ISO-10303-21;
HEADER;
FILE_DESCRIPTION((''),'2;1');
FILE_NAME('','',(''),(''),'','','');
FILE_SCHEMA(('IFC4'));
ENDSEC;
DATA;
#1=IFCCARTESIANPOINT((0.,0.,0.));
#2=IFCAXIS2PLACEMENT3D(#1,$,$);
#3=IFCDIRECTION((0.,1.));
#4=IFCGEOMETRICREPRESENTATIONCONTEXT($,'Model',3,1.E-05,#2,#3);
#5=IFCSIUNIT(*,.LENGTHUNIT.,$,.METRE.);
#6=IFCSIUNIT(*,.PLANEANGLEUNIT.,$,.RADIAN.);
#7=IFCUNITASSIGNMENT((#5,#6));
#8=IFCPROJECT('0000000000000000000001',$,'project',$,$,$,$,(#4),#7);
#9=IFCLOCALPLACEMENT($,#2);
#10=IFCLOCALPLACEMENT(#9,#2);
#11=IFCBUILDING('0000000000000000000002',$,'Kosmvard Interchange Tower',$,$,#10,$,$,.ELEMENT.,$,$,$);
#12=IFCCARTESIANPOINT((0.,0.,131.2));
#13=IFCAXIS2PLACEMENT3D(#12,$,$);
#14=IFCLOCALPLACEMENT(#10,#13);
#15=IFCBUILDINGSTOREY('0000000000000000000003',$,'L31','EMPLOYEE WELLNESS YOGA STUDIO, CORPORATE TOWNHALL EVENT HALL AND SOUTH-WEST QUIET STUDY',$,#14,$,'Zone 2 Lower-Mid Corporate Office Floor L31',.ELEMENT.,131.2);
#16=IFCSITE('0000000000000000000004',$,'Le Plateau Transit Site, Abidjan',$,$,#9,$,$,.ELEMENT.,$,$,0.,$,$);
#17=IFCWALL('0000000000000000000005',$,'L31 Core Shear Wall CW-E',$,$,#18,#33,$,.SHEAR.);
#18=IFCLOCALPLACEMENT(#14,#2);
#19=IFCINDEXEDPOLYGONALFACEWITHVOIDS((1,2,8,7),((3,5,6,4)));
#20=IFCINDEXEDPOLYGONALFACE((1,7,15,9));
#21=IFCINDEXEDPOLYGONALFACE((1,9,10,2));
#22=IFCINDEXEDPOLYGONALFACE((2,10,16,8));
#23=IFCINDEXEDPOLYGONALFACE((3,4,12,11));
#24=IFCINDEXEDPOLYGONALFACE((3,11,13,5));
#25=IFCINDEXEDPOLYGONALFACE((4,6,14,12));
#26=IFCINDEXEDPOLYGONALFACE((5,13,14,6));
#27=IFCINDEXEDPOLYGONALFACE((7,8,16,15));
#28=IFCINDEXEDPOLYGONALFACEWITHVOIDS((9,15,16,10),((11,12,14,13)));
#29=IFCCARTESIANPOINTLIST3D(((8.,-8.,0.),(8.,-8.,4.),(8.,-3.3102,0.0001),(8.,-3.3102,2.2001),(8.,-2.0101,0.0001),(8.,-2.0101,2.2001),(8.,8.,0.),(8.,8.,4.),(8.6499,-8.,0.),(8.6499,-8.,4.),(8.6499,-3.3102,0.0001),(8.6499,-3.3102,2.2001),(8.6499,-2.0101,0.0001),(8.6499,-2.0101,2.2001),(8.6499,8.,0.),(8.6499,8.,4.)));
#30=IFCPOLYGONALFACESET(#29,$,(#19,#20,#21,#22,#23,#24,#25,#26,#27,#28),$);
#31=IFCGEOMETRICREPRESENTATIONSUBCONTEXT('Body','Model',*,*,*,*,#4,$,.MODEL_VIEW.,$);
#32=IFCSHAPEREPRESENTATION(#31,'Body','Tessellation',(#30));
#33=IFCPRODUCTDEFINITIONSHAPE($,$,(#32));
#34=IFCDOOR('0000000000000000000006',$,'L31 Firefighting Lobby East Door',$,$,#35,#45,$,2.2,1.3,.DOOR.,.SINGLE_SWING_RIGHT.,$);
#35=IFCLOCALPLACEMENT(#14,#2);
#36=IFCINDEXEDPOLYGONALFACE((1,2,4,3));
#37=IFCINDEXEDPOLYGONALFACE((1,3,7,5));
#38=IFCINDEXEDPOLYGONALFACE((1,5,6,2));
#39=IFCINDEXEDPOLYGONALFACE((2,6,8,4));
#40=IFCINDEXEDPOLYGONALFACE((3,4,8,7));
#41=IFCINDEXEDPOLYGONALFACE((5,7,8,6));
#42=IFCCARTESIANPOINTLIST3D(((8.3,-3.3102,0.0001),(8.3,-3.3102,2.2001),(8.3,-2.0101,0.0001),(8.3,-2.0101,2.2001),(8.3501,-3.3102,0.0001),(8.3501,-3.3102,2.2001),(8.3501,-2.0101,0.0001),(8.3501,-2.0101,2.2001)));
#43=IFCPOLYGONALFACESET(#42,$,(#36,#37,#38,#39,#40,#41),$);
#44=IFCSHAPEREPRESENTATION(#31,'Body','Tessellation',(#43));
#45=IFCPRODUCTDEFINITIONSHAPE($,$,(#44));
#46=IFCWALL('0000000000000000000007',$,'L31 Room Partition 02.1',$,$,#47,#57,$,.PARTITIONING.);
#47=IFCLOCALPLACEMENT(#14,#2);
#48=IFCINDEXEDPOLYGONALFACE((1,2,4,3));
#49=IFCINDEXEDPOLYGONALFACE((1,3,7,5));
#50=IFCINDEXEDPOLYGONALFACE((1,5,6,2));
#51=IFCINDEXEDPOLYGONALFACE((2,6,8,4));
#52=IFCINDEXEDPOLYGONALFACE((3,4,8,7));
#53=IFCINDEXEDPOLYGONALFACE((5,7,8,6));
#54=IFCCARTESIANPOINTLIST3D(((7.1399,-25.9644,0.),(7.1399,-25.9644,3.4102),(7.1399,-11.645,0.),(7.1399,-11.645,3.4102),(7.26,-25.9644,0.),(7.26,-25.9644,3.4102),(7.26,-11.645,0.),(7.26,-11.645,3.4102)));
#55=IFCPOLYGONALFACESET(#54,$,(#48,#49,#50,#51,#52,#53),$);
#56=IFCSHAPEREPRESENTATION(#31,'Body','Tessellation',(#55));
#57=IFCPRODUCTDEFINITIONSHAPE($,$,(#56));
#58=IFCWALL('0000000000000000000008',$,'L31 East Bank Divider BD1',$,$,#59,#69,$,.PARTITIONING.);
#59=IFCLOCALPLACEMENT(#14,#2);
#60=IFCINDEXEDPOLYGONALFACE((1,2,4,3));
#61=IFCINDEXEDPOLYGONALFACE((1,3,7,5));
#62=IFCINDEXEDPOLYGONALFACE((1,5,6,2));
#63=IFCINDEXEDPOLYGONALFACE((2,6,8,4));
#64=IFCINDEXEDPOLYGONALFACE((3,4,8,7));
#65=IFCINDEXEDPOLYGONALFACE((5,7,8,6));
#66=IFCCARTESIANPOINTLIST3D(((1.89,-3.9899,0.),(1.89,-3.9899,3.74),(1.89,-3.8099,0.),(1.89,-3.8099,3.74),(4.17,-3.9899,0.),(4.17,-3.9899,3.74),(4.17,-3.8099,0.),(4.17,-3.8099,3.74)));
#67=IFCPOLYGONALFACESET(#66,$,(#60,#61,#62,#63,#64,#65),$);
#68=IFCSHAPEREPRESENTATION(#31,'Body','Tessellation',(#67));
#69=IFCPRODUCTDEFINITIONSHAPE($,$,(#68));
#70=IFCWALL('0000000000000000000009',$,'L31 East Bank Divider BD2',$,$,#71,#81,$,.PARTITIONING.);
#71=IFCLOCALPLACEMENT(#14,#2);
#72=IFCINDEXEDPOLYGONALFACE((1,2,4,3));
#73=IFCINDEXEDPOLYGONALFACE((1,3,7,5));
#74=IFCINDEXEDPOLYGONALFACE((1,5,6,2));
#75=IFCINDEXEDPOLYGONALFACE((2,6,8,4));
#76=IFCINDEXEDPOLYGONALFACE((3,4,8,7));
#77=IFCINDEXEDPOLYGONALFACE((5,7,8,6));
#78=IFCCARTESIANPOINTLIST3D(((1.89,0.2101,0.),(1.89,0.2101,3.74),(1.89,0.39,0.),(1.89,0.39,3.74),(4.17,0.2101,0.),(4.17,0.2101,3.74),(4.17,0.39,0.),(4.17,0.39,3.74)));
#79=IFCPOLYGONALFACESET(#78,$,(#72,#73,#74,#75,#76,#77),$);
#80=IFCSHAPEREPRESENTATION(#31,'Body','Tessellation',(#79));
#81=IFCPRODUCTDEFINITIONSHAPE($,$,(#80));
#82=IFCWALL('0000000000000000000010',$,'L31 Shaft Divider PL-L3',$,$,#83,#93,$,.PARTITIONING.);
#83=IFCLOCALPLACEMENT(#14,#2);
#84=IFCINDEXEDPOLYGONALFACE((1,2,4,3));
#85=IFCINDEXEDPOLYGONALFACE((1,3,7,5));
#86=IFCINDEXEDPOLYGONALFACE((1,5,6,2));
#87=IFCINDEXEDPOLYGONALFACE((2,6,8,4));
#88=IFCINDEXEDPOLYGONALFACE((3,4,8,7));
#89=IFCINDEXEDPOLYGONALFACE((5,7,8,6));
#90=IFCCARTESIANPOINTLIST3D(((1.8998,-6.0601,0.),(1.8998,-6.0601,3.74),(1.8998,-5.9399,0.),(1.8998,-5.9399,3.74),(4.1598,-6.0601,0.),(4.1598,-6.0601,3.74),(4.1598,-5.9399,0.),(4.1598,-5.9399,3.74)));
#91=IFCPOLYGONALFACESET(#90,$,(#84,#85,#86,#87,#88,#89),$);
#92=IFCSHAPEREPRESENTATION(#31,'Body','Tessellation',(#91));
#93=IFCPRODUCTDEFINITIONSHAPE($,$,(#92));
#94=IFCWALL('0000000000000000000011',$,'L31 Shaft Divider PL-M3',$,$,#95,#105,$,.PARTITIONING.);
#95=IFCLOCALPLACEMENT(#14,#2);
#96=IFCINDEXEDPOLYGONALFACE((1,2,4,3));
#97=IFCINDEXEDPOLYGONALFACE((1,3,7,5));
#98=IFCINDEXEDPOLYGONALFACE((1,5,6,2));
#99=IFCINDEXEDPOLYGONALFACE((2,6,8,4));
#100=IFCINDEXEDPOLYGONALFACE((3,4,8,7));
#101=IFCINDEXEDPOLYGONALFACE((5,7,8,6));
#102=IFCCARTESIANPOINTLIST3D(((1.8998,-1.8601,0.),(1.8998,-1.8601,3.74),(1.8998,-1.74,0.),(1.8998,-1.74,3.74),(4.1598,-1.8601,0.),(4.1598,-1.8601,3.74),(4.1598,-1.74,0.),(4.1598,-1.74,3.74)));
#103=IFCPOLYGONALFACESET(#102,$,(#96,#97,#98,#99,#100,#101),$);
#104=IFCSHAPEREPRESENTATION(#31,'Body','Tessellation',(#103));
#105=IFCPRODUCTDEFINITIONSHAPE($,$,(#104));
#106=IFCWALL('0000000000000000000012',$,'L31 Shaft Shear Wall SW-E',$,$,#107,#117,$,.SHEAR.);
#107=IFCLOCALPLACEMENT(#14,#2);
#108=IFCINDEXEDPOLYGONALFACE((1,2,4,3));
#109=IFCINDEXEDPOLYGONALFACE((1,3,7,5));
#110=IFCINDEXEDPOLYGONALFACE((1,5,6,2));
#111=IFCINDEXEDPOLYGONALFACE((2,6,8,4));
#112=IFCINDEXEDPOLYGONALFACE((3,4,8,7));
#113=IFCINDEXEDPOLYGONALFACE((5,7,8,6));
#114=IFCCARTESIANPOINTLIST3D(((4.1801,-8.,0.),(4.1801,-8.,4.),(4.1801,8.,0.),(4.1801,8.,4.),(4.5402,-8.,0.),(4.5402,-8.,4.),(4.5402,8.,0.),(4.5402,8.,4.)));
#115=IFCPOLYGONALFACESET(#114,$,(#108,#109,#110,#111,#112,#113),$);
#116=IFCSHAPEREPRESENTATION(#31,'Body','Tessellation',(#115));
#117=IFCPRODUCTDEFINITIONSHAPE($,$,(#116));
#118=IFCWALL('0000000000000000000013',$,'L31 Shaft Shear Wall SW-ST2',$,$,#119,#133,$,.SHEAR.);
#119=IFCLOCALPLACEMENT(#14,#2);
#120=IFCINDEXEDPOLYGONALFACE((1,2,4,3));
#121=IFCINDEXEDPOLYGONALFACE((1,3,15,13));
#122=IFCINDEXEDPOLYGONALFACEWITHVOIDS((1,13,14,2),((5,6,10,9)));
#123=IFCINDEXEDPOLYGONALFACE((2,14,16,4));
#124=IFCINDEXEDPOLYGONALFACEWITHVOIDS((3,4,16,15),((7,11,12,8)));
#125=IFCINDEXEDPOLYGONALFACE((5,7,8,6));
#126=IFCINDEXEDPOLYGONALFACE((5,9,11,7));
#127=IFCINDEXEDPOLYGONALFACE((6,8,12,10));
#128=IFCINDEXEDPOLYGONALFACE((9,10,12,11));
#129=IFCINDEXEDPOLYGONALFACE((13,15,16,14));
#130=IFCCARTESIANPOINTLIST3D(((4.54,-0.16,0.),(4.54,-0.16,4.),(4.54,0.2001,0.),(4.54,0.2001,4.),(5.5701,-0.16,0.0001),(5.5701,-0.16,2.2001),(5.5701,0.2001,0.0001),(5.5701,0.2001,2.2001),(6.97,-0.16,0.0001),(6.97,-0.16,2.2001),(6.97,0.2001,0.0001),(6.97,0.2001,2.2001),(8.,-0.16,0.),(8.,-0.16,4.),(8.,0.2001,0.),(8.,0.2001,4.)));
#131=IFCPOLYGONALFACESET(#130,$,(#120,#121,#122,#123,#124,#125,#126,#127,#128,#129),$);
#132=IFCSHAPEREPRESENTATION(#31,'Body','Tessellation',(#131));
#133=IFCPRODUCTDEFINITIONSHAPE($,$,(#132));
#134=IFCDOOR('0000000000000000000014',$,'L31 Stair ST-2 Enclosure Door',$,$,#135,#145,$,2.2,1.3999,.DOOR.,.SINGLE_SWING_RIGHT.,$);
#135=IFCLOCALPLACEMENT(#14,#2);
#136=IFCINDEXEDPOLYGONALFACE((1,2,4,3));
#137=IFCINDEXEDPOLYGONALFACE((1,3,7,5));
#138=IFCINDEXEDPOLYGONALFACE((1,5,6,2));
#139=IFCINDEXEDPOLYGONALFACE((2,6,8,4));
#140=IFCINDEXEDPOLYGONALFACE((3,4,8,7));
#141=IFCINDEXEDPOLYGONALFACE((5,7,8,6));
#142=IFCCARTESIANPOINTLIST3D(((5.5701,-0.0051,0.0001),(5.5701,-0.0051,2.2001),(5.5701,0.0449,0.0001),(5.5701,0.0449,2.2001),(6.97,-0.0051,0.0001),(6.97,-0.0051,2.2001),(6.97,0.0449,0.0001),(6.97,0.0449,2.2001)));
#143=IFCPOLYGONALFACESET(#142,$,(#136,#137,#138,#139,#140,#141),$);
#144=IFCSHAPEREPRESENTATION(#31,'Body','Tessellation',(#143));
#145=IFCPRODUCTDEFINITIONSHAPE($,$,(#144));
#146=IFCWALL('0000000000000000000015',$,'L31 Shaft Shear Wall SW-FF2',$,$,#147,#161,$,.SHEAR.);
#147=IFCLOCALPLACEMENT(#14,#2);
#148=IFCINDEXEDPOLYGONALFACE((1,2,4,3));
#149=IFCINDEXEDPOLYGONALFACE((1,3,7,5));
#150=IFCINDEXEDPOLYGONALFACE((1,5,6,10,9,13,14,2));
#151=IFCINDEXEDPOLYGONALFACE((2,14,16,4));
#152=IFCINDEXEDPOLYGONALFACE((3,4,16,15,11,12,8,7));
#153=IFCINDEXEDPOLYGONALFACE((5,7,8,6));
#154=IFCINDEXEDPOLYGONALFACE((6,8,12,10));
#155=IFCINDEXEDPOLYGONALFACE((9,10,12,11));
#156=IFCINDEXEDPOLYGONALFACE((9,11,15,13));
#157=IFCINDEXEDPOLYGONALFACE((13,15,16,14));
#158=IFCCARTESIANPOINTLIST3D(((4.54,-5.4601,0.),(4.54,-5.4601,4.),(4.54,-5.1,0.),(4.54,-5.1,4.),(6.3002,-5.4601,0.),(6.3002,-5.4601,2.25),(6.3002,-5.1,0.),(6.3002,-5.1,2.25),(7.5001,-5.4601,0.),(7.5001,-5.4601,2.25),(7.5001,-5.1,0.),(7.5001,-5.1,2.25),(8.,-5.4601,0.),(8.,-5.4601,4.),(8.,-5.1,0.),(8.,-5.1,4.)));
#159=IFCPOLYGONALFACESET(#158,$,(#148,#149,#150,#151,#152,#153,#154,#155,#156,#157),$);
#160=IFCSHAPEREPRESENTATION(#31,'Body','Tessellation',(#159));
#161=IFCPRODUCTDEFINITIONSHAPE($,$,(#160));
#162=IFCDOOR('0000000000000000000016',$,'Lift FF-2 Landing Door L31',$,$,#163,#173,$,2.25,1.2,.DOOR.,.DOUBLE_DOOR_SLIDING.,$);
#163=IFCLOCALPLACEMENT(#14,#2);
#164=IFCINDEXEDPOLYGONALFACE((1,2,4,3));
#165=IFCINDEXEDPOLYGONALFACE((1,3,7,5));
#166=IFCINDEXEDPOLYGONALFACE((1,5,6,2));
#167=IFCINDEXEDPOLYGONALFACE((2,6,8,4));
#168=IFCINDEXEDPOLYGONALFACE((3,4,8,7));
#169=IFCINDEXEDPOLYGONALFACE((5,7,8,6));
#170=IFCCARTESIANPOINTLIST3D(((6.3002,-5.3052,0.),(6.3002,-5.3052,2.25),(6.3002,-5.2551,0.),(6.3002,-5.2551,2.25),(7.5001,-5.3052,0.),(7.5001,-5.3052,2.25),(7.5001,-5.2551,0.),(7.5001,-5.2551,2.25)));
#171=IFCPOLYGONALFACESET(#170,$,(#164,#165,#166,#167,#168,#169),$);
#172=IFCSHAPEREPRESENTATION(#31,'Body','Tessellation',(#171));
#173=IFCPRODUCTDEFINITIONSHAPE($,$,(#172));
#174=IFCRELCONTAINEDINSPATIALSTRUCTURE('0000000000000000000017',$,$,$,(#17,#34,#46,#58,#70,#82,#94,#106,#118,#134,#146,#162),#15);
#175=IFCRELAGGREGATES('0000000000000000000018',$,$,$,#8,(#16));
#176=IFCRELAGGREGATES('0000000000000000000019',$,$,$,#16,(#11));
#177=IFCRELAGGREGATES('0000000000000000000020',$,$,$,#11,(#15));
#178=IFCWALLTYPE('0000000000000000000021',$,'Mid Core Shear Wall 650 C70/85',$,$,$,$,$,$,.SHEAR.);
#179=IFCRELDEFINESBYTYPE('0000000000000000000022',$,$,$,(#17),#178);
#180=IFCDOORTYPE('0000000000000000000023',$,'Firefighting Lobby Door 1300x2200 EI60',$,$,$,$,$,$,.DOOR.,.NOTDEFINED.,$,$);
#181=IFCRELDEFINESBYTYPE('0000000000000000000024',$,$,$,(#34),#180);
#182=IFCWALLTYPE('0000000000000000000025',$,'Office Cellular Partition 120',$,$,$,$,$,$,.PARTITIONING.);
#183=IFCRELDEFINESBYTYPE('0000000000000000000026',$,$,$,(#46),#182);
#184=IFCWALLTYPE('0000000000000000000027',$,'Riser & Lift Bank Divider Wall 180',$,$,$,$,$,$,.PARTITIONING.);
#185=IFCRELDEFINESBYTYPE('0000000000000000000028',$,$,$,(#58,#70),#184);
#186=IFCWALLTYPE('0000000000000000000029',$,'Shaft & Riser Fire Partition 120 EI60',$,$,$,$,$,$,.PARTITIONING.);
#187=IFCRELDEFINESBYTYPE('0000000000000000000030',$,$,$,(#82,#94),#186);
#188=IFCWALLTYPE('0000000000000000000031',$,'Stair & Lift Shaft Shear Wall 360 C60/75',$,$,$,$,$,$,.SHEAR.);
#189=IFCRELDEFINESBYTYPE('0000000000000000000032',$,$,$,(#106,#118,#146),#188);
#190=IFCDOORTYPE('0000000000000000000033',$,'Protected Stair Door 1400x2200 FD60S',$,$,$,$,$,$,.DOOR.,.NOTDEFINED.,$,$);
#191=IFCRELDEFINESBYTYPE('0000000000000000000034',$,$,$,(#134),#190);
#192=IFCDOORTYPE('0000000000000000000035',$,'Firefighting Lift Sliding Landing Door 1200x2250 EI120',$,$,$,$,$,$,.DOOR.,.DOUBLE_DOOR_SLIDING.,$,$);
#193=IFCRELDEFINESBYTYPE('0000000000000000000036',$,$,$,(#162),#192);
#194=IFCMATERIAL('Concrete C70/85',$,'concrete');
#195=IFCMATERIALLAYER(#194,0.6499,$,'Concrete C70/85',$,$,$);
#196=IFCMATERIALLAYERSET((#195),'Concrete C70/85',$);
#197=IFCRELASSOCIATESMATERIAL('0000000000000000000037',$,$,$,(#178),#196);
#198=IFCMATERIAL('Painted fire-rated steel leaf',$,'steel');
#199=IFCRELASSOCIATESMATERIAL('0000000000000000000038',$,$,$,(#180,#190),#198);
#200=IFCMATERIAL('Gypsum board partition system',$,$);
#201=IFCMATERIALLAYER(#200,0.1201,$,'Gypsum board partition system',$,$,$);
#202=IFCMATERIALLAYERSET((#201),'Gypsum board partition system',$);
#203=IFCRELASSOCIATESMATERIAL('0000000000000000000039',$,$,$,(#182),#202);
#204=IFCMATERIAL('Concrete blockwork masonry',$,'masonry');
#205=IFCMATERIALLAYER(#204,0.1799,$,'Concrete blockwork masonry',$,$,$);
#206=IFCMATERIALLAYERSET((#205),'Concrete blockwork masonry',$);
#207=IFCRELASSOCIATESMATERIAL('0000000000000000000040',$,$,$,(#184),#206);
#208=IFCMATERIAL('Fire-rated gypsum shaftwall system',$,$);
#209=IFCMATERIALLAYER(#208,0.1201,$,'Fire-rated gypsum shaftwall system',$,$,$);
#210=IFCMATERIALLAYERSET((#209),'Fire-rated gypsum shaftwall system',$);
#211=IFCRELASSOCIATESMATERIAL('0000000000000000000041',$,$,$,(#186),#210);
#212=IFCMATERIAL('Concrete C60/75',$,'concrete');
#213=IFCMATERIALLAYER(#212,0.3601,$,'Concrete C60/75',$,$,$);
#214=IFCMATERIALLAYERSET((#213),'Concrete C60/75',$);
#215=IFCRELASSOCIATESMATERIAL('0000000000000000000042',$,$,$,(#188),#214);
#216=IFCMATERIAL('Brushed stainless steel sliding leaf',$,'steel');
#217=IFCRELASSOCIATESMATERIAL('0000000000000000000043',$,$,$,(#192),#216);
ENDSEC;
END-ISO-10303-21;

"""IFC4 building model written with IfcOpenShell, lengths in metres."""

from ifc_helpers import new_model, si_unit, direction, frame, frame_2d, origin, place, context, subcontext, project, spatial, rectangle, extrude, source, transform, mapped, material, layer, layer_set, type_object, element, fill, save


model = new_model("IFC4")

# Units and contexts
model_context = context("Model", 3, precision=1e-05, world=origin(), true_north=direction((0.0, 1.0)))
body_context = subcontext(model_context, "Body", "Model", "MODEL_VIEW")
ifc_project = project(units=[si_unit("LENGTHUNIT", "METRE"), si_unit("PLANEANGLEUNIT", "RADIAN")], contexts=[model_context])

# Site, building, storey
site_placement = place(None, origin())
site = spatial("IfcSite", under=ifc_project, at=site_placement, Name="Le Plateau Transit Site, Abidjan", CompositionType="ELEMENT", RefElevation=0.0)
building_placement = place(site_placement, origin())
building = spatial("IfcBuilding", under=site, at=building_placement, Name="Kosmvard Interchange Tower", CompositionType="ELEMENT")
storey_placement = place(building_placement, frame((0.0, 0.0, 131.2)))
storey = spatial("IfcBuildingStorey", under=building, at=storey_placement, Name="L31", Description="EMPLOYEE WELLNESS YOGA STUDIO, CORPORATE TOWNHALL EVENT HALL AND SOUTH-WEST QUIET STUDY", LongName="Zone 2 Lower-Mid Corporate Office Floor L31", CompositionType="ELEMENT", Elevation=131.2)

# Shared definitions
ifc_material_1 = material(Name="Concrete C60/75", Category="concrete")

# Shared definitions
ifc_material_2 = material(Name="Brushed stainless steel sliding leaf", Category="steel")

# Wall, opening, door
ifc_material_3 = material(Name="Concrete C70/85", Category="concrete")
ifc_layer_1 = layer(ifc_material_3, 0.6499, Name="Concrete C70/85")
ifc_layer_set_1 = layer_set([ifc_layer_1], Name="Concrete C70/85")
wall_type_1 = type_object("IfcWallType", Name="Mid Core Shear Wall 650 C70/85", PredefinedType="SHEAR", material=ifc_layer_set_1)
wall_1_placement = place(storey_placement, frame((8.325, -8.0, 0.0), z_axis=(0.0, 0.0, 1.0), x_axis=(0.0, 1.0, 0.0)))
wall_1 = element("IfcWall", 1, at=wall_1_placement, inside=storey, type_object=wall_type_1, Name="L31 Core Shear Wall CW-E", PredefinedType="SHEAR", context=body_context, shape_type="SweptSolid", body=[
    extrude(rectangle(XDim=16.0, YDim=0.6499, at=frame_2d((8.0, 0.0))), origin(), (0.0, 0.0, 1.0), 4.0),
])
opening_1_placement = place(wall_1_placement, frame((4.6899, 0.0, 0.0)))
opening_1 = element("IfcOpeningElement", 2, at=opening_1_placement, cuts=wall_1, PredefinedType="OPENING", context=body_context, shape_type="SweptSolid", body=[
    extrude(rectangle(XDim=1.3, YDim=2.2, at=frame_2d((0.6499, 1.1001))), frame((0.0, 0.335, 0.0), z_axis=(0.0, -1.0, 0.0), x_axis=(1.0, 0.0, 0.0)), (0.0, 0.0, 1.0), 0.6699),
])
ifc_material_4 = material(Name="Painted fire-rated steel leaf", Category="steel")
door_type_1 = type_object("IfcDoorType", Name="Firefighting Lobby Door 1300x2200 EI60", OperationType="NOTDEFINED", PredefinedType="DOOR", material=ifc_material_4)
shared_shape_1 = source(origin(), body_context, "Body", "SweptSolid", [
    extrude(rectangle(XDim=1.3, YDim=2.2, at=frame_2d((0.6499, 1.1001))), frame((0.0, 0.0249, 0.0), z_axis=(0.0, -1.0, 0.0), x_axis=(1.0, 0.0, 0.0)), (0.0, 0.0, 1.0), 0.05),
])
door_1_placement = place(opening_1_placement, origin())
door_1 = element("IfcDoor", 3, at=door_1_placement, inside=storey, type_object=door_type_1, Name="L31 Firefighting Lobby East Door", OperationType="SINGLE_SWING_RIGHT", OverallHeight=2.2, OverallWidth=1.3, PredefinedType="DOOR", context=body_context, shape_type="MappedRepresentation", body=[
    mapped(shared_shape_1, transform((0.0, 0.0, 0.0), scale=1.0)),
])
fill(opening_1, door_1)

# Walls
ifc_material_5 = material(Name="Gypsum board partition system")
ifc_layer_2 = layer(ifc_material_5, 0.1201, Name="Gypsum board partition system")
ifc_layer_set_2 = layer_set([ifc_layer_2], Name="Gypsum board partition system")
wall_type_2 = type_object("IfcWallType", Name="Office Cellular Partition 120", PredefinedType="PARTITIONING", material=ifc_layer_set_2)
wall_2_placement = place(storey_placement, frame((7.2, -25.9644, 0.0), z_axis=(0.0, 0.0, 1.0), x_axis=(0.0, 1.0, 0.0)))
element("IfcWall", 4, at=wall_2_placement, inside=storey, type_object=wall_type_2, Name="L31 Room Partition 02.1", PredefinedType="PARTITIONING", context=body_context, shape_type="SweptSolid", body=[
    extrude(rectangle(XDim=14.3193, YDim=0.1201, at=frame_2d((7.1597, 0.0))), origin(), (0.0, 0.0, 1.0), 3.4102),
])
ifc_material_6 = material(Name="Concrete blockwork masonry", Category="masonry")
ifc_layer_3 = layer(ifc_material_6, 0.1799, Name="Concrete blockwork masonry")
ifc_layer_set_3 = layer_set([ifc_layer_3], Name="Concrete blockwork masonry")
wall_type_3 = type_object("IfcWallType", Name="Riser & Lift Bank Divider Wall 180", PredefinedType="PARTITIONING", material=ifc_layer_set_3)
for number, where, z_axis, x_axis, name in (
    (5, (1.8899, -3.8999, 0.0), (0.0, 0.0, 1.0), (1.0, 0.0, 0.0), "L31 East Bank Divider BD1"),
    (6, (1.8899, 0.3, 0.0), (0.0, 0.0, 1.0), (1.0, 0.0, 0.0), "L31 East Bank Divider BD2"),
):
    element("IfcWall", number, at=place(storey_placement, frame(where, z_axis=z_axis, x_axis=x_axis)), inside=storey, type_object=wall_type_3, Name=name, PredefinedType="PARTITIONING", context=body_context, shape_type="SweptSolid", body=[
        extrude(rectangle(XDim=2.28, YDim=0.1799, at=frame_2d((1.1401, 0.0))), origin(), (0.0, 0.0, 1.0), 3.74),
    ])
ifc_material_7 = material(Name="Fire-rated gypsum shaftwall system")
ifc_layer_4 = layer(ifc_material_7, 0.1201, Name="Fire-rated gypsum shaftwall system")
ifc_layer_set_4 = layer_set([ifc_layer_4], Name="Fire-rated gypsum shaftwall system")
wall_type_4 = type_object("IfcWallType", Name="Shaft & Riser Fire Partition 120 EI60", PredefinedType="PARTITIONING", material=ifc_layer_set_4)
for number, where, z_axis, x_axis, name in (
    (7, (1.8999, -6.0, 0.0), (0.0, 0.0, 1.0), (1.0, 0.0, 0.0), "L31 Shaft Divider PL-L3"),
    (8, (1.8999, -1.8, 0.0), (0.0, 0.0, 1.0), (1.0, 0.0, 0.0), "L31 Shaft Divider PL-M3"),
):
    element("IfcWall", number, at=place(storey_placement, frame(where, z_axis=z_axis, x_axis=x_axis)), inside=storey, type_object=wall_type_4, Name=name, PredefinedType="PARTITIONING", context=body_context, shape_type="SweptSolid", body=[
        extrude(rectangle(XDim=2.26, YDim=0.1201, at=frame_2d((1.1299, 0.0))), origin(), (0.0, 0.0, 1.0), 3.74),
    ])
ifc_layer_5 = layer(ifc_material_1, 0.3601, Name="Concrete C60/75")
ifc_layer_set_5 = layer_set([ifc_layer_5], Name="Concrete C60/75")
wall_type_5 = type_object("IfcWallType", Name="Stair & Lift Shaft Shear Wall 360 C60/75", PredefinedType="SHEAR", material=ifc_layer_set_5)
wall_3_placement = place(storey_placement, frame((4.3601, -8.0, 0.0), z_axis=(0.0, 0.0, 1.0), x_axis=(0.0, 1.0, 0.0)))
element("IfcWall", 9, at=wall_3_placement, inside=storey, type_object=wall_type_5, Name="L31 Shaft Shear Wall SW-E", PredefinedType="SHEAR", context=body_context, shape_type="SweptSolid", body=[
    extrude(rectangle(XDim=16.0, YDim=0.3601, at=frame_2d((8.0, 0.0))), origin(), (0.0, 0.0, 1.0), 4.0),
])

# Walls, openings, doors
wall_4_placement = place(storey_placement, frame((4.54, 0.02, 0.0), z_axis=(0.0, 0.0, 1.0), x_axis=(1.0, 0.0, 0.0)))
wall_4 = element("IfcWall", 10, at=wall_4_placement, inside=storey, type_object=wall_type_5, Name="L31 Shaft Shear Wall SW-ST2", PredefinedType="SHEAR", context=body_context, shape_type="SweptSolid", body=[
    extrude(rectangle(XDim=3.46, YDim=0.3601, at=frame_2d((1.73, 0.0))), origin(), (0.0, 0.0, 1.0), 4.0),
])
opening_2_placement = place(wall_4_placement, frame((1.03, 0.0, 0.0)))
opening_2 = element("IfcOpeningElement", 11, at=opening_2_placement, cuts=wall_4, PredefinedType="OPENING", context=body_context, shape_type="SweptSolid", body=[
    extrude(rectangle(XDim=1.3999, YDim=2.2, at=frame_2d((0.7, 1.1001))), frame((0.0, 0.1899, 0.0), z_axis=(0.0, -1.0, 0.0), x_axis=(1.0, 0.0, 0.0)), (0.0, 0.0, 1.0), 0.3801),
])
door_type_2 = type_object("IfcDoorType", Name="Protected Stair Door 1400x2200 FD60S", OperationType="NOTDEFINED", PredefinedType="DOOR", material=ifc_material_4)
shared_shape_2 = source(origin(), body_context, "Body", "SweptSolid", [
    extrude(rectangle(XDim=1.3999, YDim=2.2, at=frame_2d((0.7, 1.1001))), frame((0.0, 0.0249, 0.0), z_axis=(0.0, -1.0, 0.0), x_axis=(1.0, 0.0, 0.0)), (0.0, 0.0, 1.0), 0.05),
])
door_2_placement = place(opening_2_placement, origin())
door_2 = element("IfcDoor", 12, at=door_2_placement, inside=storey, type_object=door_type_2, Name="L31 Stair ST-2 Enclosure Door", OperationType="SINGLE_SWING_RIGHT", OverallHeight=2.2, OverallWidth=1.3999, PredefinedType="DOOR", context=body_context, shape_type="MappedRepresentation", body=[
    mapped(shared_shape_2, transform((0.0, 0.0, 0.0), scale=1.0)),
])
fill(opening_2, door_2)
wall_5_placement = place(storey_placement, frame((4.54, -5.28, 0.0), z_axis=(0.0, 0.0, 1.0), x_axis=(1.0, 0.0, 0.0)))
wall_5 = element("IfcWall", 13, at=wall_5_placement, inside=storey, type_object=wall_type_5, Name="L31 Shaft Shear Wall SW-FF2", PredefinedType="SHEAR", context=body_context, shape_type="SweptSolid", body=[
    extrude(rectangle(XDim=3.46, YDim=0.3601, at=frame_2d((1.73, 0.0))), origin(), (0.0, 0.0, 1.0), 4.0),
])
opening_3_placement = place(wall_5_placement, frame((1.76, 0.0, 0.0)))
opening_3 = element("IfcOpeningElement", 14, at=opening_3_placement, cuts=wall_5, PredefinedType="OPENING", context=body_context, shape_type="SweptSolid", body=[
    extrude(rectangle(XDim=1.2, YDim=2.25, at=frame_2d((0.6001, 1.125))), frame((0.0, 0.1899, 0.0), z_axis=(0.0, -1.0, 0.0), x_axis=(1.0, 0.0, 0.0)), (0.0, 0.0, 1.0), 0.3801),
])
door_type_3 = type_object("IfcDoorType", Name="Firefighting Lift Sliding Landing Door 1200x2250 EI120", OperationType="DOUBLE_DOOR_SLIDING", PredefinedType="DOOR", material=ifc_material_2)
shared_shape_3 = source(origin(), body_context, "Body", "SweptSolid", [
    extrude(rectangle(XDim=1.2, YDim=2.25, at=frame_2d((0.6001, 1.125))), frame((0.0, 0.0249, 0.0), z_axis=(0.0, -1.0, 0.0), x_axis=(1.0, 0.0, 0.0)), (0.0, 0.0, 1.0), 0.05),
])
door_3_placement = place(opening_3_placement, origin())
door_3 = element("IfcDoor", 15, at=door_3_placement, inside=storey, type_object=door_type_3, Name="Lift FF-2 Landing Door L31", OperationType="DOUBLE_DOOR_SLIDING", OverallHeight=2.25, OverallWidth=1.2, PredefinedType="DOOR", context=body_context, shape_type="MappedRepresentation", body=[
    mapped(shared_shape_3, transform((0.0, 0.0, 0.0), scale=1.0)),
])
fill(opening_3, door_3)

save(model, "model.ifc")
